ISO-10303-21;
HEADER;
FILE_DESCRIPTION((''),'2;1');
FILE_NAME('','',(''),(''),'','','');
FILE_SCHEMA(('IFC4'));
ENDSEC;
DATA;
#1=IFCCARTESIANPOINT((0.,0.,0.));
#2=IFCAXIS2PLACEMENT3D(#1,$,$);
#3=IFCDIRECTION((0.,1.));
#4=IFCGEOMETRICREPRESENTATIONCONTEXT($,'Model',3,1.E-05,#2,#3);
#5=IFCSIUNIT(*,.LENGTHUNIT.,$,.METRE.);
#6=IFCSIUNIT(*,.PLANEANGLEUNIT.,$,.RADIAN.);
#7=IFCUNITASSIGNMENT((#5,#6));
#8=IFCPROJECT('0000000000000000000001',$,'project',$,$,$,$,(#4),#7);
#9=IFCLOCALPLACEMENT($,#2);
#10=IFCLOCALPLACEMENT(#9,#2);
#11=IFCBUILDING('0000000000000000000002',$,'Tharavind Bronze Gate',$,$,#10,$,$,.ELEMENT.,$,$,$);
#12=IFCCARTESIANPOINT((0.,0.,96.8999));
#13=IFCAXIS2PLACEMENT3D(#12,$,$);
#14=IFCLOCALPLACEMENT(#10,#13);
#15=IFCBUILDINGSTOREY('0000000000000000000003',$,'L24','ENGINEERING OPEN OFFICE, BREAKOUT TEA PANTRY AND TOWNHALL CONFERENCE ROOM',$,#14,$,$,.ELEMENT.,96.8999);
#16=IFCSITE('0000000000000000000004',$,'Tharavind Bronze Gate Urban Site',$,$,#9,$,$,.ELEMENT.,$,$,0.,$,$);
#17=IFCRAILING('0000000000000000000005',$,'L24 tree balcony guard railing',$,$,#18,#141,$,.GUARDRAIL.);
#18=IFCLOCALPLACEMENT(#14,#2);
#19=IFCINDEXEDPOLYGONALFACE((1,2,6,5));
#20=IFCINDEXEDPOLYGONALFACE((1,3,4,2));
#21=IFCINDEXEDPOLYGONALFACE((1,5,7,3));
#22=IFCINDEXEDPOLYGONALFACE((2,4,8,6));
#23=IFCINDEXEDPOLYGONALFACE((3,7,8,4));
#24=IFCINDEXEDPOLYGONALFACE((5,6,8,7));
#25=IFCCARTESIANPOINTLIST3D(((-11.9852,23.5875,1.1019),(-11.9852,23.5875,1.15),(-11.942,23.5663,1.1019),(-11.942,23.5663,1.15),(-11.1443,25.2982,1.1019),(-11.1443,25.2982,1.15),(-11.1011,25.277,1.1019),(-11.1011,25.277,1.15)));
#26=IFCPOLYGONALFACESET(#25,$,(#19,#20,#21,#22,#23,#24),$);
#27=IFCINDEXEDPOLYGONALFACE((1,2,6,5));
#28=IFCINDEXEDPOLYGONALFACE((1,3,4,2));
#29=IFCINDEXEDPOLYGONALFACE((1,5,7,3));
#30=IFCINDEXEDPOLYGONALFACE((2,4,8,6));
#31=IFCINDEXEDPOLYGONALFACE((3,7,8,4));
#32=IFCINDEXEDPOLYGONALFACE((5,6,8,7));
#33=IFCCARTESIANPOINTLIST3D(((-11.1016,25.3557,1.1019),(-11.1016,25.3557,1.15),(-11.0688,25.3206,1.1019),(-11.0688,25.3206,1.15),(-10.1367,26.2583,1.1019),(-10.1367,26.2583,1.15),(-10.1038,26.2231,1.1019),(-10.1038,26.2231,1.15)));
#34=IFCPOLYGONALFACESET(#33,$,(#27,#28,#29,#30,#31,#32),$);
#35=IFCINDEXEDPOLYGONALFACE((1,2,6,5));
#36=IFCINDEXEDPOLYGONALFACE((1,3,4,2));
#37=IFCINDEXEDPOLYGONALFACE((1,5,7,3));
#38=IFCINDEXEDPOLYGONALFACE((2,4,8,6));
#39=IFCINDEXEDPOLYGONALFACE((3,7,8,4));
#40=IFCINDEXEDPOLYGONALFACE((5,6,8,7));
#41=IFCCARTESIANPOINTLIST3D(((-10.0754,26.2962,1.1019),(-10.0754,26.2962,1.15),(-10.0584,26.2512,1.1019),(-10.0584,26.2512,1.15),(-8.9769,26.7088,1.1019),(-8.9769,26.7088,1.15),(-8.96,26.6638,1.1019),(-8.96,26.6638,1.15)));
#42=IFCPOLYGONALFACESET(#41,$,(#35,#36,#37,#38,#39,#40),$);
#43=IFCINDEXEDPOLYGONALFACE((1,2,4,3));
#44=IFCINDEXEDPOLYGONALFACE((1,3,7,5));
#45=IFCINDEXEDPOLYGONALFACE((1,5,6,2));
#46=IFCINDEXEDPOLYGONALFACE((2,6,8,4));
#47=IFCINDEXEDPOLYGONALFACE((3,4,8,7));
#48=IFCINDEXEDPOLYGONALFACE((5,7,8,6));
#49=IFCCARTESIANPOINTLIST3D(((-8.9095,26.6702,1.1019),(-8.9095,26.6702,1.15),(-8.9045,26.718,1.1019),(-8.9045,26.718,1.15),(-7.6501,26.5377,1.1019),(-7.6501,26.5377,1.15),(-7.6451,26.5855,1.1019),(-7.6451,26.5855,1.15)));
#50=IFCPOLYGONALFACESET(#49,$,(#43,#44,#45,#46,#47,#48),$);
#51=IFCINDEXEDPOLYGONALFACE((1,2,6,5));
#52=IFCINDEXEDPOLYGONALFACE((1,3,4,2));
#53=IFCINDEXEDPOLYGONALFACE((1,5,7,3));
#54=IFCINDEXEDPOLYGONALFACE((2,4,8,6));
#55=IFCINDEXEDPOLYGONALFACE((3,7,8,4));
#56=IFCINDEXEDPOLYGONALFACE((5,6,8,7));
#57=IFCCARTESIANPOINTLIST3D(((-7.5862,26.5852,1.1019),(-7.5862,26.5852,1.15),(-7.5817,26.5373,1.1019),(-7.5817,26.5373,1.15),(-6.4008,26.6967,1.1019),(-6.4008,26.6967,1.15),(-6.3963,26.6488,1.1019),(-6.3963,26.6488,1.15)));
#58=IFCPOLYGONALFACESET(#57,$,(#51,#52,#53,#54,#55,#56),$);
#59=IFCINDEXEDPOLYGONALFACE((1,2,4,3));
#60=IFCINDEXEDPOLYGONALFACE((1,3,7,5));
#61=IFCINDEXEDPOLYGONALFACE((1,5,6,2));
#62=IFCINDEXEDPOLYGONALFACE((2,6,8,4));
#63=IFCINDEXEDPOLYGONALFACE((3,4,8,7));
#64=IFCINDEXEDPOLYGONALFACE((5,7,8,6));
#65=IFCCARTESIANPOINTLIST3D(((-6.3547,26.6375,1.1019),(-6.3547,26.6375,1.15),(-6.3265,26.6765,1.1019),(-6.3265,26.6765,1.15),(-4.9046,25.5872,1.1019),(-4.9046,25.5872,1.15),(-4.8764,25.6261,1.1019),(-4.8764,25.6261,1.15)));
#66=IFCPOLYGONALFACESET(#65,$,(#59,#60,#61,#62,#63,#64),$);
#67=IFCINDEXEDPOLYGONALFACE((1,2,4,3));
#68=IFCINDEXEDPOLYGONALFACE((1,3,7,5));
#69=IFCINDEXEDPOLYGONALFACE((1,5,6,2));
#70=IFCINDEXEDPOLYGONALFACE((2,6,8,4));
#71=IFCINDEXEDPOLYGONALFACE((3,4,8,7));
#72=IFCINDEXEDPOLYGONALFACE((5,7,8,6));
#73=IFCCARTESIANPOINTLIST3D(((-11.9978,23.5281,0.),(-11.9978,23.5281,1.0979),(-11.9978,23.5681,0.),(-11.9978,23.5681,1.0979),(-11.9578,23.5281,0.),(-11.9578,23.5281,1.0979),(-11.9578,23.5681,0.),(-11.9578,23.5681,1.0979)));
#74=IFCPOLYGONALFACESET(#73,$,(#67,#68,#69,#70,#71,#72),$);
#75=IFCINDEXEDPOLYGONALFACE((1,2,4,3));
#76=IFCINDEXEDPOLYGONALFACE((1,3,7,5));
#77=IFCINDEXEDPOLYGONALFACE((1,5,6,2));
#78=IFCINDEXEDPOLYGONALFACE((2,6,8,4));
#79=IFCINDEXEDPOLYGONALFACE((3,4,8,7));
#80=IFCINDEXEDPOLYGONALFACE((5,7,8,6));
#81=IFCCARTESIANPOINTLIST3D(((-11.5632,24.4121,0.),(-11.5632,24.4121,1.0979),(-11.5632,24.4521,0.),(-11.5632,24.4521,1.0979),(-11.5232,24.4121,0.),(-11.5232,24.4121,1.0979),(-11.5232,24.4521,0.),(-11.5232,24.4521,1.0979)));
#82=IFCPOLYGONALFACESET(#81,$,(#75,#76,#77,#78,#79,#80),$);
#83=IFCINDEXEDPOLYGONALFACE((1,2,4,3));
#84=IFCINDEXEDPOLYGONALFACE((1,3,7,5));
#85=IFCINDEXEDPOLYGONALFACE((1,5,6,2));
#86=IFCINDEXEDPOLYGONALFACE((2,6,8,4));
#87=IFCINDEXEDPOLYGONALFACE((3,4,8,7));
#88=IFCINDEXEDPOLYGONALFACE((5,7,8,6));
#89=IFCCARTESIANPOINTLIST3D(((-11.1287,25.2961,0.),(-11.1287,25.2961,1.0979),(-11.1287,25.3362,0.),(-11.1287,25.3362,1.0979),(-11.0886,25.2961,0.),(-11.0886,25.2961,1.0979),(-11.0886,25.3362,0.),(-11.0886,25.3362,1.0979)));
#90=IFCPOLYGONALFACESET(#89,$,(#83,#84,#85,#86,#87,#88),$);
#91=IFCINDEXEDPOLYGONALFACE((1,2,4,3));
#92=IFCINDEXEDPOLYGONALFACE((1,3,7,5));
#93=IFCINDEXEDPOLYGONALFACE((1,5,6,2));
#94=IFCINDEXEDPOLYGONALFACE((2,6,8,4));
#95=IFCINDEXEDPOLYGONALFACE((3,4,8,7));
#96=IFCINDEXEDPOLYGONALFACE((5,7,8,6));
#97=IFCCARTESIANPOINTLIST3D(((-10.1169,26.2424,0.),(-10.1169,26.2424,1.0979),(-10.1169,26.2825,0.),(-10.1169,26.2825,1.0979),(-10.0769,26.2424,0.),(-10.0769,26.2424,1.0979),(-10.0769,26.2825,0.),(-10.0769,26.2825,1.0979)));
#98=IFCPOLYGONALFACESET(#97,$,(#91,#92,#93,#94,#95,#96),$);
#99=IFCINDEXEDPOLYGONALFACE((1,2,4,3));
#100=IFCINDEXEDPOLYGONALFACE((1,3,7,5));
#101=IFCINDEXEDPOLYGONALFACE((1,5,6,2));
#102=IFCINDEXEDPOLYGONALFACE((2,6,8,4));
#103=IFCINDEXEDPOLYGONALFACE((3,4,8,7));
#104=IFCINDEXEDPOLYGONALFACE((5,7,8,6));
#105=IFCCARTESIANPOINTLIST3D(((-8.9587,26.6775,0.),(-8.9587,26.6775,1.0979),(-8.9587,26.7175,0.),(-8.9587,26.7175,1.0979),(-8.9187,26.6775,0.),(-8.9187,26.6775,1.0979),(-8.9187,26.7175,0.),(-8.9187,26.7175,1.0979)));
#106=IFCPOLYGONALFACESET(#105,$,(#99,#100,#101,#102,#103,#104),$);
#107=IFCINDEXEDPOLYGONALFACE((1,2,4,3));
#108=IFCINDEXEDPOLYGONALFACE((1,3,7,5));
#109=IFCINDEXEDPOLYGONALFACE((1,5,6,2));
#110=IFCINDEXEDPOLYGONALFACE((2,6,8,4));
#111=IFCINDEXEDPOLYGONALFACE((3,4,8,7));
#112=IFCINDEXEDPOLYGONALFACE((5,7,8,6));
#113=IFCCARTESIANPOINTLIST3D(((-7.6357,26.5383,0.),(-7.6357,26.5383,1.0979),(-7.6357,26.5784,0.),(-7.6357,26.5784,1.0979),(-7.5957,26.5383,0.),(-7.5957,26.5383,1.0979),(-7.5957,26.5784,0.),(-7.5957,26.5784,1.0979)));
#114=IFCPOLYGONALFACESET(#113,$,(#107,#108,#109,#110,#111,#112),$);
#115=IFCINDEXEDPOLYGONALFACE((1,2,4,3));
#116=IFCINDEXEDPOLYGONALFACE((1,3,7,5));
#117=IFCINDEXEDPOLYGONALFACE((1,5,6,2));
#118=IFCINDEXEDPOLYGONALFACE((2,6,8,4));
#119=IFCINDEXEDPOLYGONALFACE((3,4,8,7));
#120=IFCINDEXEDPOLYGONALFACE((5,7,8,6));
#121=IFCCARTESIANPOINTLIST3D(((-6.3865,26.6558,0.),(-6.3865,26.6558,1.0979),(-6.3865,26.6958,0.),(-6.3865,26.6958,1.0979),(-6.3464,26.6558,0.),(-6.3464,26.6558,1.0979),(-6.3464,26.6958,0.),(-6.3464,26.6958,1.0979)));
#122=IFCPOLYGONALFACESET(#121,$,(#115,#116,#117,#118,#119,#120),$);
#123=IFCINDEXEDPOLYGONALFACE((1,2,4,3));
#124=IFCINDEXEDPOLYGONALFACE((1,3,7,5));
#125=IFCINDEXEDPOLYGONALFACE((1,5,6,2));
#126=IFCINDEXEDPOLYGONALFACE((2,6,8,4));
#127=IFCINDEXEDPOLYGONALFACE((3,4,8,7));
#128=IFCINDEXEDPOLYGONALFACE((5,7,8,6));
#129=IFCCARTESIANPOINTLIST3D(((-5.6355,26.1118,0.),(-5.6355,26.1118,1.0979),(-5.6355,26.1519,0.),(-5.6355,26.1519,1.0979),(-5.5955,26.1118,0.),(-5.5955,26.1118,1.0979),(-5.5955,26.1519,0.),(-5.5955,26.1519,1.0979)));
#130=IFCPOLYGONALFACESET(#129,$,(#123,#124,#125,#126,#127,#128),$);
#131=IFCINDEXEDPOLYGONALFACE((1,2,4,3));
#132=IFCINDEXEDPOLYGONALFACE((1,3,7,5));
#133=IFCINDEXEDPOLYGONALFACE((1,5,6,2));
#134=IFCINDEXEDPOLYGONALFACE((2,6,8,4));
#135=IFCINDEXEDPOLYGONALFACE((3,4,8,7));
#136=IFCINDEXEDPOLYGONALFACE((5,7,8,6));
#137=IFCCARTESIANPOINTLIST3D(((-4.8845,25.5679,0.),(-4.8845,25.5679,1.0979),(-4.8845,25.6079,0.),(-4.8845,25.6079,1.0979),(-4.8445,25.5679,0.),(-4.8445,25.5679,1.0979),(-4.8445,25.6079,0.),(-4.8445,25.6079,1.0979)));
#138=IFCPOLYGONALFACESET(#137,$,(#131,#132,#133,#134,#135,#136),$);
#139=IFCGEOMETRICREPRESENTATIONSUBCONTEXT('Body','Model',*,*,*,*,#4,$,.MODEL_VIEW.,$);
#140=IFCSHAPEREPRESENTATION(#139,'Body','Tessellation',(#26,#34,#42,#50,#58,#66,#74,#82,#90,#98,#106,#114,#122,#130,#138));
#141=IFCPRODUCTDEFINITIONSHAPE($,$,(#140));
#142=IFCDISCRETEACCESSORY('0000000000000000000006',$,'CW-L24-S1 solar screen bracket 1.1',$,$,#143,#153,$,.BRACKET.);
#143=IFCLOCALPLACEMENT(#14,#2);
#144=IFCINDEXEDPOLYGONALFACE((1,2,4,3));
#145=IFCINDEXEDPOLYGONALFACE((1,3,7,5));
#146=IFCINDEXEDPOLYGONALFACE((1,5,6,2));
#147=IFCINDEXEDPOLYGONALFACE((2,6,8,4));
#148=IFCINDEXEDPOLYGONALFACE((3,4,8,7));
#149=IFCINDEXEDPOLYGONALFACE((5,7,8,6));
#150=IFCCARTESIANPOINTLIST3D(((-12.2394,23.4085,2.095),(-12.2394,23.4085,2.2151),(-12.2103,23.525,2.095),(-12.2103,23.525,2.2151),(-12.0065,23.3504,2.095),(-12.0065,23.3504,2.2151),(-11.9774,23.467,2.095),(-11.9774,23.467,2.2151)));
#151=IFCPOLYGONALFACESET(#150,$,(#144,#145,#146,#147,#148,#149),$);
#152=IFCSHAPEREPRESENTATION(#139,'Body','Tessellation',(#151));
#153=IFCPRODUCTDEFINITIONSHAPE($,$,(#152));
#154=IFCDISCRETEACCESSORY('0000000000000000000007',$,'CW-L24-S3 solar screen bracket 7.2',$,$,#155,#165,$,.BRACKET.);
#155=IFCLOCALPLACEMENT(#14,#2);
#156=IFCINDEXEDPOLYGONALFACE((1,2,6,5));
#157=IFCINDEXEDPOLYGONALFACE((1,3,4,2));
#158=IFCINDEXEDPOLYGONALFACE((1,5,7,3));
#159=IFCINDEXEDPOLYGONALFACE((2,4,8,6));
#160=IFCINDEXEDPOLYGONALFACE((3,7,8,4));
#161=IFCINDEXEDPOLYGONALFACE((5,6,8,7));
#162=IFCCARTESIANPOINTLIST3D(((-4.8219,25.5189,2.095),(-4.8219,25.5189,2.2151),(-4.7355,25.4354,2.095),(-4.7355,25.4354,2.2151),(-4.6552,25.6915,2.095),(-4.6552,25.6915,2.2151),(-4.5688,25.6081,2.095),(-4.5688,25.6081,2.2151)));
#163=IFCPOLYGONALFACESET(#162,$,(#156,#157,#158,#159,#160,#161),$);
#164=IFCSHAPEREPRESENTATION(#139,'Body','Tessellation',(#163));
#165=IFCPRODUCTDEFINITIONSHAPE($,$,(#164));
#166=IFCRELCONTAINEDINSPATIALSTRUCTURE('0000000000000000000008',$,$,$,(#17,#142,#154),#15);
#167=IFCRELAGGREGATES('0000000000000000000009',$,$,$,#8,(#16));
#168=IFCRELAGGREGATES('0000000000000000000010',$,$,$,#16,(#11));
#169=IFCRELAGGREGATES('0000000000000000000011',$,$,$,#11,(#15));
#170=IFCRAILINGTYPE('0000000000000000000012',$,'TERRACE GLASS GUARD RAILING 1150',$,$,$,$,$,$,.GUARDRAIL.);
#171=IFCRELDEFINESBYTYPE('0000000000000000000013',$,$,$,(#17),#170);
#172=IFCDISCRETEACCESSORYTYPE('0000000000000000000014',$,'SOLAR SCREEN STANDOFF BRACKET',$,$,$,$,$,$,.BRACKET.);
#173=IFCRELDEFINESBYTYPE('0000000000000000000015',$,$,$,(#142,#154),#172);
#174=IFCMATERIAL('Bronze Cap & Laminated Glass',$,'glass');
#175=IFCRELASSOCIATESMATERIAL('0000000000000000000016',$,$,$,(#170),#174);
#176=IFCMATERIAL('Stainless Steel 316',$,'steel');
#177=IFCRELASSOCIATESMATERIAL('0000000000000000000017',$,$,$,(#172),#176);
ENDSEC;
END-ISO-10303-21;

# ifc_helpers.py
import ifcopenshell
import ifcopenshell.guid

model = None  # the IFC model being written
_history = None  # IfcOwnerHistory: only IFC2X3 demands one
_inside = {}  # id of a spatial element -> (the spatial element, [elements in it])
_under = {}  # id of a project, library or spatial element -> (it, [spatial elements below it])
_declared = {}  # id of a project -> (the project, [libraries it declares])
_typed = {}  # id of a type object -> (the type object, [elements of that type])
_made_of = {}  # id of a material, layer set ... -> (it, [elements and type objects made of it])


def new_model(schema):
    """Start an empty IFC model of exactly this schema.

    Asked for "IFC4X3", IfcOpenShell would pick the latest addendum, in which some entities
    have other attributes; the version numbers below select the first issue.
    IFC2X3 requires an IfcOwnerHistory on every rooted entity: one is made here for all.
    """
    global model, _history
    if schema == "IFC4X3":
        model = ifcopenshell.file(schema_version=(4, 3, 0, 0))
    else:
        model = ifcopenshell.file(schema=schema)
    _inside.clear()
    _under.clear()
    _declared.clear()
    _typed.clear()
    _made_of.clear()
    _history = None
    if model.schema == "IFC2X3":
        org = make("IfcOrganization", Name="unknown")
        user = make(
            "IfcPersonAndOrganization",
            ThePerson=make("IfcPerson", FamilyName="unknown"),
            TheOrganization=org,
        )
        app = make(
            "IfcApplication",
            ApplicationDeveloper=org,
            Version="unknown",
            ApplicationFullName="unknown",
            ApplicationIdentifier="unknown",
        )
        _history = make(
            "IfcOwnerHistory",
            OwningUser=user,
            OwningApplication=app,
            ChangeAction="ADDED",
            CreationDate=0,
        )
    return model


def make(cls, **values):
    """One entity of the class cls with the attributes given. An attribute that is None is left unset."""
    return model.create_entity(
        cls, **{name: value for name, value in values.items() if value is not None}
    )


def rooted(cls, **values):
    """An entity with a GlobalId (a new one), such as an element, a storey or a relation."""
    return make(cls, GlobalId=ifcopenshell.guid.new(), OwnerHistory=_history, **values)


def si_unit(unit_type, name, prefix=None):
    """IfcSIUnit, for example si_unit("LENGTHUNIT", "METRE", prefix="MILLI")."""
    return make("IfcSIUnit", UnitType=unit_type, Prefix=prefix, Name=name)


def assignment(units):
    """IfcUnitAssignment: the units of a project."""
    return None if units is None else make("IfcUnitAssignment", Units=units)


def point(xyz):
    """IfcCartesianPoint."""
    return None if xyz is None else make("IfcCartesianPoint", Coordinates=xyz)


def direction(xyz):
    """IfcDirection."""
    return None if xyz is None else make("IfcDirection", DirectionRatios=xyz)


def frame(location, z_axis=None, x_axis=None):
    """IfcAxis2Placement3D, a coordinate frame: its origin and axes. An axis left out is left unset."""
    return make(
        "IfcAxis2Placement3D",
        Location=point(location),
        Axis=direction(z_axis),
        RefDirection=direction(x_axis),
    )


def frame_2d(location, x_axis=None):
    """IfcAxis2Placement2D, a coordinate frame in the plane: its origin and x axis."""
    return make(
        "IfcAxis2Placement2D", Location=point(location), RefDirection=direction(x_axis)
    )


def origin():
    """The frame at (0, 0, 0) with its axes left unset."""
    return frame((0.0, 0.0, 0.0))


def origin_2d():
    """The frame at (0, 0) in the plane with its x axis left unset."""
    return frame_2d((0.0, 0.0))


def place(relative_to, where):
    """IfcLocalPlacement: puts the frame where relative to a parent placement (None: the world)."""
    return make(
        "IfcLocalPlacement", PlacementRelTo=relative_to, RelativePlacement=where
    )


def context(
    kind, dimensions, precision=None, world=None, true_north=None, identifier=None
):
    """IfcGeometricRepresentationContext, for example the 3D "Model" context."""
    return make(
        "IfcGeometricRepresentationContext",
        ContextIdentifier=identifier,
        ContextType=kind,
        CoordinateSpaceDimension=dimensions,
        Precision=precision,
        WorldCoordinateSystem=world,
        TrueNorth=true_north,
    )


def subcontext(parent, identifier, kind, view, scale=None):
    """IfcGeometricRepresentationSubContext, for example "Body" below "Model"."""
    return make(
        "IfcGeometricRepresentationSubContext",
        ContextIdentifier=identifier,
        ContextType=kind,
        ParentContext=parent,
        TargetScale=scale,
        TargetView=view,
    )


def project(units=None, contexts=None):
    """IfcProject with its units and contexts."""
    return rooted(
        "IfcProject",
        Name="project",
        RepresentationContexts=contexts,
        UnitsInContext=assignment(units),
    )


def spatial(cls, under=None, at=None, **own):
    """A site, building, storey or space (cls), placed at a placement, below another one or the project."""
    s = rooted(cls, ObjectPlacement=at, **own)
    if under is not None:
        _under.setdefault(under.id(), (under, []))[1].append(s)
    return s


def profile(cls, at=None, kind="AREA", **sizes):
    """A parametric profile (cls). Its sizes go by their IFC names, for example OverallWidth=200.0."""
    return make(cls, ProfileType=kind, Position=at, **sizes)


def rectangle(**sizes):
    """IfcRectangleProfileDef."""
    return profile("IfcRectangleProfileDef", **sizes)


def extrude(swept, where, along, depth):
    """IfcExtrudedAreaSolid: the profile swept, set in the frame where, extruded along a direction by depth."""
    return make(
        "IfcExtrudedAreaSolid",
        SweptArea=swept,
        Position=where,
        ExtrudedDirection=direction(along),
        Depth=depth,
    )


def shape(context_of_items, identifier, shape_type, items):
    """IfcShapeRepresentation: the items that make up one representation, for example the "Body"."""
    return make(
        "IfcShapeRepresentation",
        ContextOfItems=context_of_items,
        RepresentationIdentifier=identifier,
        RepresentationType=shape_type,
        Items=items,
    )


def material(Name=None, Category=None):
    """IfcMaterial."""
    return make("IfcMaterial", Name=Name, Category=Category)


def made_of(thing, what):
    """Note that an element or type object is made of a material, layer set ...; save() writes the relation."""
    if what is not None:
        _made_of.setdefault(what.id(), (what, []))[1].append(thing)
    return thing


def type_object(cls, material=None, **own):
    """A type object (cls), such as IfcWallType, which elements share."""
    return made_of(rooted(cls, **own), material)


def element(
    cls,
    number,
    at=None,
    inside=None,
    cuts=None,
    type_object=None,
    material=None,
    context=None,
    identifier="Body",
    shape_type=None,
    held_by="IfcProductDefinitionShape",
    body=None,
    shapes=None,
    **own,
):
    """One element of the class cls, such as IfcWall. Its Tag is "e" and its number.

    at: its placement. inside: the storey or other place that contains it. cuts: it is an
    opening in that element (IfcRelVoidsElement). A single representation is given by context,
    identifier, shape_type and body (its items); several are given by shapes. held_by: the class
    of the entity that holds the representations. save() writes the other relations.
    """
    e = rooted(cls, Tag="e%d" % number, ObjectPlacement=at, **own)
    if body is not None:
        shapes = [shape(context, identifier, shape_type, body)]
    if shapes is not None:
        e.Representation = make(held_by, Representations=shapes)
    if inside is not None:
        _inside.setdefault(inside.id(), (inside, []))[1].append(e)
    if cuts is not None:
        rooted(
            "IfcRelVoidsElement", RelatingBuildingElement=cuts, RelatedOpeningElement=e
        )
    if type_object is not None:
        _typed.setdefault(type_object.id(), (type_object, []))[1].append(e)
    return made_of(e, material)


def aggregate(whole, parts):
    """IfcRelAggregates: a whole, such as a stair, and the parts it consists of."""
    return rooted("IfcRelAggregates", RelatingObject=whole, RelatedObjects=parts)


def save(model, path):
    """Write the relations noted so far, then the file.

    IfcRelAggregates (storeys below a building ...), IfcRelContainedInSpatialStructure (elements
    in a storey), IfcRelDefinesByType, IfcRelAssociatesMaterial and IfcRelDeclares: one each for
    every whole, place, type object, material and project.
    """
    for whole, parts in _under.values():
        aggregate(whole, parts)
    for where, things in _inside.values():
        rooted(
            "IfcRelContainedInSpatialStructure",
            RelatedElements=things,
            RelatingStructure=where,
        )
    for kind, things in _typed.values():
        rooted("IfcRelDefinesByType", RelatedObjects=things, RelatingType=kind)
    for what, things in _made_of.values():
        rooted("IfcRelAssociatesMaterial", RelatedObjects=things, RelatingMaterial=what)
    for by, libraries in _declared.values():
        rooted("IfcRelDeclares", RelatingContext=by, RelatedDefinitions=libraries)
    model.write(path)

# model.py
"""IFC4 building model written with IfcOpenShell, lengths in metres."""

from ifc_helpers import new_model, si_unit, direction, frame, origin, origin_2d, place, context, subcontext, project, spatial, rectangle, extrude, material, type_object, element, save


model = new_model("IFC4")

# Units and contexts
model_context = context("Model", 3, precision=1e-05, world=origin(), true_north=direction((0.0, 1.0)))
body_context = subcontext(model_context, "Body", "Model", "MODEL_VIEW")
ifc_project = project(units=[si_unit("LENGTHUNIT", "METRE"), si_unit("PLANEANGLEUNIT", "RADIAN")], contexts=[model_context])

# Site, building, storey
site_placement = place(None, origin())
site = spatial("IfcSite", under=ifc_project, at=site_placement, Name="Tharavind Bronze Gate Urban Site", CompositionType="ELEMENT", RefElevation=0.0)
building_placement = place(site_placement, origin())
building = spatial("IfcBuilding", under=site, at=building_placement, Name="Tharavind Bronze Gate", CompositionType="ELEMENT")
storey_placement = place(building_placement, frame((0.0, 0.0, 96.8999)))
storey = spatial("IfcBuildingStorey", under=building, at=storey_placement, Name="L24", Description="ENGINEERING OPEN OFFICE, BREAKOUT TEA PANTRY AND TOWNHALL CONFERENCE ROOM", CompositionType="ELEMENT", Elevation=96.8999)

# Railing
ifc_material_1 = material(Name="Bronze Cap & Laminated Glass", Category="glass")
railing_type = type_object("IfcRailingType", Name="TERRACE GLASS GUARD RAILING 1150", PredefinedType="GUARDRAIL", material=ifc_material_1)
railing_placement = place(storey_placement, frame((-11.9778, 23.5481, 0.0)))
element("IfcRailing", 1, at=railing_placement, inside=storey, type_object=railing_type, Name="L24 tree balcony guard railing", PredefinedType="GUARDRAIL", context=body_context, shape_type="SweptSolid", body=[
    extrude(rectangle(XDim=0.0481, YDim=0.0481, at=origin_2d()), frame((0.0142, 0.0288, 1.126), z_axis=(0.441156, 0.89743, 0.0), x_axis=(-0.89743, 0.441156, 0.0)), (0.0, 0.0, 1.0), 1.9062),
    extrude(rectangle(XDim=0.0481, YDim=0.0481, at=origin_2d()), frame((0.8926, 1.79, 1.126), z_axis=(0.730328, 0.683096, 0.0), x_axis=(-0.683096, 0.730328, 0.0)), (0.0, 0.0, 1.0), 1.3213),
    extrude(rectangle(XDim=0.0481, YDim=0.0481, at=origin_2d()), frame((1.9109, 2.7256, 1.126), z_axis=(0.936134, 0.351642, 0.0), x_axis=(-0.351642, 0.936134, 0.0)), (0.0, 0.0, 1.0), 1.1733),
    extrude(rectangle(XDim=0.0481, YDim=0.0481, at=origin_2d()), frame((3.0708, 3.146, 1.126), z_axis=(0.994513, -0.104608, 0.0), x_axis=(0.104608, 0.994513, 0.0)), (0.0, 0.0, 1.0), 1.2664),
    extrude(rectangle(XDim=0.0481, YDim=0.0481, at=origin_2d()), frame((4.3938, 3.0132, 1.126), z_axis=(0.995611, 0.093588, 0.0), x_axis=(-0.093588, 0.995611, 0.0)), (0.0, 0.0, 1.0), 1.1907),
    extrude(rectangle(XDim=0.0481, YDim=0.0481, at=origin_2d()), frame((5.6372, 3.1089, 1.126), z_axis=(0.809873, -0.586605, 0.0), x_axis=(0.586605, 0.809873, 0.0)), (0.0, 0.0, 1.0), 1.7905),
    extrude(rectangle(XDim=0.04, YDim=0.04, at=origin_2d()), origin(), (0.0, 0.0, 1.0), 1.0979),
    extrude(rectangle(XDim=0.04, YDim=0.04, at=origin_2d()), frame((0.4346, 0.884, 0.0)), (0.0, 0.0, 1.0), 1.0979),
    extrude(rectangle(XDim=0.04, YDim=0.04, at=origin_2d()), frame((0.8691, 1.7681, 0.0)), (0.0, 0.0, 1.0), 1.0979),
    extrude(rectangle(XDim=0.04, YDim=0.04, at=origin_2d()), frame((1.8809, 2.7144, 0.0)), (0.0, 0.0, 1.0), 1.0979),
    extrude(rectangle(XDim=0.04, YDim=0.04, at=origin_2d()), frame((3.0391, 3.1494, 0.0)), (0.0, 0.0, 1.0), 1.0979),
    extrude(rectangle(XDim=0.04, YDim=0.04, at=origin_2d()), frame((4.3621, 3.0103, 0.0)), (0.0, 0.0, 1.0), 1.0979),
    extrude(rectangle(XDim=0.04, YDim=0.04, at=origin_2d()), frame((5.6113, 3.1277, 0.0)), (0.0, 0.0, 1.0), 1.0979),
    extrude(rectangle(XDim=0.04, YDim=0.04, at=origin_2d()), frame((6.3623, 2.5837, 0.0)), (0.0, 0.0, 1.0), 1.0979),
    extrude(rectangle(XDim=0.04, YDim=0.04, at=origin_2d()), frame((7.1133, 2.0398, 0.0)), (0.0, 0.0, 1.0), 1.0979),
])

# Discrete accessories
ifc_material_2 = material(Name="Stainless Steel 316", Category="steel")
discrete_accessory_type = type_object("IfcDiscreteAccessoryType", Name="SOLAR SCREEN STANDOFF BRACKET", PredefinedType="BRACKET", material=ifc_material_2)
for number, where, z_axis, x_axis, name in (
    (2, (-12.1084, 23.4377, 2.095), (0.0, 0.0, 1.0), (-0.241922, -0.970296, 0.0), "CW-L24-S1 solar screen bracket 1.1"),
    (3, (-4.6953, 25.5635, 2.095), (0.0, 0.0, 1.0), (-0.719341, 0.694657, 0.0), "CW-L24-S3 solar screen bracket 7.2"),
):
    element("IfcDiscreteAccessory", number, at=place(storey_placement, frame(where, z_axis=z_axis, x_axis=x_axis)), inside=storey, type_object=discrete_accessory_type, Name=name, PredefinedType="BRACKET", context=body_context, shape_type="SweptSolid", body=[
        extrude(rectangle(XDim=0.1201, YDim=0.24, at=origin_2d()), origin(), (0.0, 0.0, 1.0), 0.1201),
    ])

save(model, "model.ifc")
